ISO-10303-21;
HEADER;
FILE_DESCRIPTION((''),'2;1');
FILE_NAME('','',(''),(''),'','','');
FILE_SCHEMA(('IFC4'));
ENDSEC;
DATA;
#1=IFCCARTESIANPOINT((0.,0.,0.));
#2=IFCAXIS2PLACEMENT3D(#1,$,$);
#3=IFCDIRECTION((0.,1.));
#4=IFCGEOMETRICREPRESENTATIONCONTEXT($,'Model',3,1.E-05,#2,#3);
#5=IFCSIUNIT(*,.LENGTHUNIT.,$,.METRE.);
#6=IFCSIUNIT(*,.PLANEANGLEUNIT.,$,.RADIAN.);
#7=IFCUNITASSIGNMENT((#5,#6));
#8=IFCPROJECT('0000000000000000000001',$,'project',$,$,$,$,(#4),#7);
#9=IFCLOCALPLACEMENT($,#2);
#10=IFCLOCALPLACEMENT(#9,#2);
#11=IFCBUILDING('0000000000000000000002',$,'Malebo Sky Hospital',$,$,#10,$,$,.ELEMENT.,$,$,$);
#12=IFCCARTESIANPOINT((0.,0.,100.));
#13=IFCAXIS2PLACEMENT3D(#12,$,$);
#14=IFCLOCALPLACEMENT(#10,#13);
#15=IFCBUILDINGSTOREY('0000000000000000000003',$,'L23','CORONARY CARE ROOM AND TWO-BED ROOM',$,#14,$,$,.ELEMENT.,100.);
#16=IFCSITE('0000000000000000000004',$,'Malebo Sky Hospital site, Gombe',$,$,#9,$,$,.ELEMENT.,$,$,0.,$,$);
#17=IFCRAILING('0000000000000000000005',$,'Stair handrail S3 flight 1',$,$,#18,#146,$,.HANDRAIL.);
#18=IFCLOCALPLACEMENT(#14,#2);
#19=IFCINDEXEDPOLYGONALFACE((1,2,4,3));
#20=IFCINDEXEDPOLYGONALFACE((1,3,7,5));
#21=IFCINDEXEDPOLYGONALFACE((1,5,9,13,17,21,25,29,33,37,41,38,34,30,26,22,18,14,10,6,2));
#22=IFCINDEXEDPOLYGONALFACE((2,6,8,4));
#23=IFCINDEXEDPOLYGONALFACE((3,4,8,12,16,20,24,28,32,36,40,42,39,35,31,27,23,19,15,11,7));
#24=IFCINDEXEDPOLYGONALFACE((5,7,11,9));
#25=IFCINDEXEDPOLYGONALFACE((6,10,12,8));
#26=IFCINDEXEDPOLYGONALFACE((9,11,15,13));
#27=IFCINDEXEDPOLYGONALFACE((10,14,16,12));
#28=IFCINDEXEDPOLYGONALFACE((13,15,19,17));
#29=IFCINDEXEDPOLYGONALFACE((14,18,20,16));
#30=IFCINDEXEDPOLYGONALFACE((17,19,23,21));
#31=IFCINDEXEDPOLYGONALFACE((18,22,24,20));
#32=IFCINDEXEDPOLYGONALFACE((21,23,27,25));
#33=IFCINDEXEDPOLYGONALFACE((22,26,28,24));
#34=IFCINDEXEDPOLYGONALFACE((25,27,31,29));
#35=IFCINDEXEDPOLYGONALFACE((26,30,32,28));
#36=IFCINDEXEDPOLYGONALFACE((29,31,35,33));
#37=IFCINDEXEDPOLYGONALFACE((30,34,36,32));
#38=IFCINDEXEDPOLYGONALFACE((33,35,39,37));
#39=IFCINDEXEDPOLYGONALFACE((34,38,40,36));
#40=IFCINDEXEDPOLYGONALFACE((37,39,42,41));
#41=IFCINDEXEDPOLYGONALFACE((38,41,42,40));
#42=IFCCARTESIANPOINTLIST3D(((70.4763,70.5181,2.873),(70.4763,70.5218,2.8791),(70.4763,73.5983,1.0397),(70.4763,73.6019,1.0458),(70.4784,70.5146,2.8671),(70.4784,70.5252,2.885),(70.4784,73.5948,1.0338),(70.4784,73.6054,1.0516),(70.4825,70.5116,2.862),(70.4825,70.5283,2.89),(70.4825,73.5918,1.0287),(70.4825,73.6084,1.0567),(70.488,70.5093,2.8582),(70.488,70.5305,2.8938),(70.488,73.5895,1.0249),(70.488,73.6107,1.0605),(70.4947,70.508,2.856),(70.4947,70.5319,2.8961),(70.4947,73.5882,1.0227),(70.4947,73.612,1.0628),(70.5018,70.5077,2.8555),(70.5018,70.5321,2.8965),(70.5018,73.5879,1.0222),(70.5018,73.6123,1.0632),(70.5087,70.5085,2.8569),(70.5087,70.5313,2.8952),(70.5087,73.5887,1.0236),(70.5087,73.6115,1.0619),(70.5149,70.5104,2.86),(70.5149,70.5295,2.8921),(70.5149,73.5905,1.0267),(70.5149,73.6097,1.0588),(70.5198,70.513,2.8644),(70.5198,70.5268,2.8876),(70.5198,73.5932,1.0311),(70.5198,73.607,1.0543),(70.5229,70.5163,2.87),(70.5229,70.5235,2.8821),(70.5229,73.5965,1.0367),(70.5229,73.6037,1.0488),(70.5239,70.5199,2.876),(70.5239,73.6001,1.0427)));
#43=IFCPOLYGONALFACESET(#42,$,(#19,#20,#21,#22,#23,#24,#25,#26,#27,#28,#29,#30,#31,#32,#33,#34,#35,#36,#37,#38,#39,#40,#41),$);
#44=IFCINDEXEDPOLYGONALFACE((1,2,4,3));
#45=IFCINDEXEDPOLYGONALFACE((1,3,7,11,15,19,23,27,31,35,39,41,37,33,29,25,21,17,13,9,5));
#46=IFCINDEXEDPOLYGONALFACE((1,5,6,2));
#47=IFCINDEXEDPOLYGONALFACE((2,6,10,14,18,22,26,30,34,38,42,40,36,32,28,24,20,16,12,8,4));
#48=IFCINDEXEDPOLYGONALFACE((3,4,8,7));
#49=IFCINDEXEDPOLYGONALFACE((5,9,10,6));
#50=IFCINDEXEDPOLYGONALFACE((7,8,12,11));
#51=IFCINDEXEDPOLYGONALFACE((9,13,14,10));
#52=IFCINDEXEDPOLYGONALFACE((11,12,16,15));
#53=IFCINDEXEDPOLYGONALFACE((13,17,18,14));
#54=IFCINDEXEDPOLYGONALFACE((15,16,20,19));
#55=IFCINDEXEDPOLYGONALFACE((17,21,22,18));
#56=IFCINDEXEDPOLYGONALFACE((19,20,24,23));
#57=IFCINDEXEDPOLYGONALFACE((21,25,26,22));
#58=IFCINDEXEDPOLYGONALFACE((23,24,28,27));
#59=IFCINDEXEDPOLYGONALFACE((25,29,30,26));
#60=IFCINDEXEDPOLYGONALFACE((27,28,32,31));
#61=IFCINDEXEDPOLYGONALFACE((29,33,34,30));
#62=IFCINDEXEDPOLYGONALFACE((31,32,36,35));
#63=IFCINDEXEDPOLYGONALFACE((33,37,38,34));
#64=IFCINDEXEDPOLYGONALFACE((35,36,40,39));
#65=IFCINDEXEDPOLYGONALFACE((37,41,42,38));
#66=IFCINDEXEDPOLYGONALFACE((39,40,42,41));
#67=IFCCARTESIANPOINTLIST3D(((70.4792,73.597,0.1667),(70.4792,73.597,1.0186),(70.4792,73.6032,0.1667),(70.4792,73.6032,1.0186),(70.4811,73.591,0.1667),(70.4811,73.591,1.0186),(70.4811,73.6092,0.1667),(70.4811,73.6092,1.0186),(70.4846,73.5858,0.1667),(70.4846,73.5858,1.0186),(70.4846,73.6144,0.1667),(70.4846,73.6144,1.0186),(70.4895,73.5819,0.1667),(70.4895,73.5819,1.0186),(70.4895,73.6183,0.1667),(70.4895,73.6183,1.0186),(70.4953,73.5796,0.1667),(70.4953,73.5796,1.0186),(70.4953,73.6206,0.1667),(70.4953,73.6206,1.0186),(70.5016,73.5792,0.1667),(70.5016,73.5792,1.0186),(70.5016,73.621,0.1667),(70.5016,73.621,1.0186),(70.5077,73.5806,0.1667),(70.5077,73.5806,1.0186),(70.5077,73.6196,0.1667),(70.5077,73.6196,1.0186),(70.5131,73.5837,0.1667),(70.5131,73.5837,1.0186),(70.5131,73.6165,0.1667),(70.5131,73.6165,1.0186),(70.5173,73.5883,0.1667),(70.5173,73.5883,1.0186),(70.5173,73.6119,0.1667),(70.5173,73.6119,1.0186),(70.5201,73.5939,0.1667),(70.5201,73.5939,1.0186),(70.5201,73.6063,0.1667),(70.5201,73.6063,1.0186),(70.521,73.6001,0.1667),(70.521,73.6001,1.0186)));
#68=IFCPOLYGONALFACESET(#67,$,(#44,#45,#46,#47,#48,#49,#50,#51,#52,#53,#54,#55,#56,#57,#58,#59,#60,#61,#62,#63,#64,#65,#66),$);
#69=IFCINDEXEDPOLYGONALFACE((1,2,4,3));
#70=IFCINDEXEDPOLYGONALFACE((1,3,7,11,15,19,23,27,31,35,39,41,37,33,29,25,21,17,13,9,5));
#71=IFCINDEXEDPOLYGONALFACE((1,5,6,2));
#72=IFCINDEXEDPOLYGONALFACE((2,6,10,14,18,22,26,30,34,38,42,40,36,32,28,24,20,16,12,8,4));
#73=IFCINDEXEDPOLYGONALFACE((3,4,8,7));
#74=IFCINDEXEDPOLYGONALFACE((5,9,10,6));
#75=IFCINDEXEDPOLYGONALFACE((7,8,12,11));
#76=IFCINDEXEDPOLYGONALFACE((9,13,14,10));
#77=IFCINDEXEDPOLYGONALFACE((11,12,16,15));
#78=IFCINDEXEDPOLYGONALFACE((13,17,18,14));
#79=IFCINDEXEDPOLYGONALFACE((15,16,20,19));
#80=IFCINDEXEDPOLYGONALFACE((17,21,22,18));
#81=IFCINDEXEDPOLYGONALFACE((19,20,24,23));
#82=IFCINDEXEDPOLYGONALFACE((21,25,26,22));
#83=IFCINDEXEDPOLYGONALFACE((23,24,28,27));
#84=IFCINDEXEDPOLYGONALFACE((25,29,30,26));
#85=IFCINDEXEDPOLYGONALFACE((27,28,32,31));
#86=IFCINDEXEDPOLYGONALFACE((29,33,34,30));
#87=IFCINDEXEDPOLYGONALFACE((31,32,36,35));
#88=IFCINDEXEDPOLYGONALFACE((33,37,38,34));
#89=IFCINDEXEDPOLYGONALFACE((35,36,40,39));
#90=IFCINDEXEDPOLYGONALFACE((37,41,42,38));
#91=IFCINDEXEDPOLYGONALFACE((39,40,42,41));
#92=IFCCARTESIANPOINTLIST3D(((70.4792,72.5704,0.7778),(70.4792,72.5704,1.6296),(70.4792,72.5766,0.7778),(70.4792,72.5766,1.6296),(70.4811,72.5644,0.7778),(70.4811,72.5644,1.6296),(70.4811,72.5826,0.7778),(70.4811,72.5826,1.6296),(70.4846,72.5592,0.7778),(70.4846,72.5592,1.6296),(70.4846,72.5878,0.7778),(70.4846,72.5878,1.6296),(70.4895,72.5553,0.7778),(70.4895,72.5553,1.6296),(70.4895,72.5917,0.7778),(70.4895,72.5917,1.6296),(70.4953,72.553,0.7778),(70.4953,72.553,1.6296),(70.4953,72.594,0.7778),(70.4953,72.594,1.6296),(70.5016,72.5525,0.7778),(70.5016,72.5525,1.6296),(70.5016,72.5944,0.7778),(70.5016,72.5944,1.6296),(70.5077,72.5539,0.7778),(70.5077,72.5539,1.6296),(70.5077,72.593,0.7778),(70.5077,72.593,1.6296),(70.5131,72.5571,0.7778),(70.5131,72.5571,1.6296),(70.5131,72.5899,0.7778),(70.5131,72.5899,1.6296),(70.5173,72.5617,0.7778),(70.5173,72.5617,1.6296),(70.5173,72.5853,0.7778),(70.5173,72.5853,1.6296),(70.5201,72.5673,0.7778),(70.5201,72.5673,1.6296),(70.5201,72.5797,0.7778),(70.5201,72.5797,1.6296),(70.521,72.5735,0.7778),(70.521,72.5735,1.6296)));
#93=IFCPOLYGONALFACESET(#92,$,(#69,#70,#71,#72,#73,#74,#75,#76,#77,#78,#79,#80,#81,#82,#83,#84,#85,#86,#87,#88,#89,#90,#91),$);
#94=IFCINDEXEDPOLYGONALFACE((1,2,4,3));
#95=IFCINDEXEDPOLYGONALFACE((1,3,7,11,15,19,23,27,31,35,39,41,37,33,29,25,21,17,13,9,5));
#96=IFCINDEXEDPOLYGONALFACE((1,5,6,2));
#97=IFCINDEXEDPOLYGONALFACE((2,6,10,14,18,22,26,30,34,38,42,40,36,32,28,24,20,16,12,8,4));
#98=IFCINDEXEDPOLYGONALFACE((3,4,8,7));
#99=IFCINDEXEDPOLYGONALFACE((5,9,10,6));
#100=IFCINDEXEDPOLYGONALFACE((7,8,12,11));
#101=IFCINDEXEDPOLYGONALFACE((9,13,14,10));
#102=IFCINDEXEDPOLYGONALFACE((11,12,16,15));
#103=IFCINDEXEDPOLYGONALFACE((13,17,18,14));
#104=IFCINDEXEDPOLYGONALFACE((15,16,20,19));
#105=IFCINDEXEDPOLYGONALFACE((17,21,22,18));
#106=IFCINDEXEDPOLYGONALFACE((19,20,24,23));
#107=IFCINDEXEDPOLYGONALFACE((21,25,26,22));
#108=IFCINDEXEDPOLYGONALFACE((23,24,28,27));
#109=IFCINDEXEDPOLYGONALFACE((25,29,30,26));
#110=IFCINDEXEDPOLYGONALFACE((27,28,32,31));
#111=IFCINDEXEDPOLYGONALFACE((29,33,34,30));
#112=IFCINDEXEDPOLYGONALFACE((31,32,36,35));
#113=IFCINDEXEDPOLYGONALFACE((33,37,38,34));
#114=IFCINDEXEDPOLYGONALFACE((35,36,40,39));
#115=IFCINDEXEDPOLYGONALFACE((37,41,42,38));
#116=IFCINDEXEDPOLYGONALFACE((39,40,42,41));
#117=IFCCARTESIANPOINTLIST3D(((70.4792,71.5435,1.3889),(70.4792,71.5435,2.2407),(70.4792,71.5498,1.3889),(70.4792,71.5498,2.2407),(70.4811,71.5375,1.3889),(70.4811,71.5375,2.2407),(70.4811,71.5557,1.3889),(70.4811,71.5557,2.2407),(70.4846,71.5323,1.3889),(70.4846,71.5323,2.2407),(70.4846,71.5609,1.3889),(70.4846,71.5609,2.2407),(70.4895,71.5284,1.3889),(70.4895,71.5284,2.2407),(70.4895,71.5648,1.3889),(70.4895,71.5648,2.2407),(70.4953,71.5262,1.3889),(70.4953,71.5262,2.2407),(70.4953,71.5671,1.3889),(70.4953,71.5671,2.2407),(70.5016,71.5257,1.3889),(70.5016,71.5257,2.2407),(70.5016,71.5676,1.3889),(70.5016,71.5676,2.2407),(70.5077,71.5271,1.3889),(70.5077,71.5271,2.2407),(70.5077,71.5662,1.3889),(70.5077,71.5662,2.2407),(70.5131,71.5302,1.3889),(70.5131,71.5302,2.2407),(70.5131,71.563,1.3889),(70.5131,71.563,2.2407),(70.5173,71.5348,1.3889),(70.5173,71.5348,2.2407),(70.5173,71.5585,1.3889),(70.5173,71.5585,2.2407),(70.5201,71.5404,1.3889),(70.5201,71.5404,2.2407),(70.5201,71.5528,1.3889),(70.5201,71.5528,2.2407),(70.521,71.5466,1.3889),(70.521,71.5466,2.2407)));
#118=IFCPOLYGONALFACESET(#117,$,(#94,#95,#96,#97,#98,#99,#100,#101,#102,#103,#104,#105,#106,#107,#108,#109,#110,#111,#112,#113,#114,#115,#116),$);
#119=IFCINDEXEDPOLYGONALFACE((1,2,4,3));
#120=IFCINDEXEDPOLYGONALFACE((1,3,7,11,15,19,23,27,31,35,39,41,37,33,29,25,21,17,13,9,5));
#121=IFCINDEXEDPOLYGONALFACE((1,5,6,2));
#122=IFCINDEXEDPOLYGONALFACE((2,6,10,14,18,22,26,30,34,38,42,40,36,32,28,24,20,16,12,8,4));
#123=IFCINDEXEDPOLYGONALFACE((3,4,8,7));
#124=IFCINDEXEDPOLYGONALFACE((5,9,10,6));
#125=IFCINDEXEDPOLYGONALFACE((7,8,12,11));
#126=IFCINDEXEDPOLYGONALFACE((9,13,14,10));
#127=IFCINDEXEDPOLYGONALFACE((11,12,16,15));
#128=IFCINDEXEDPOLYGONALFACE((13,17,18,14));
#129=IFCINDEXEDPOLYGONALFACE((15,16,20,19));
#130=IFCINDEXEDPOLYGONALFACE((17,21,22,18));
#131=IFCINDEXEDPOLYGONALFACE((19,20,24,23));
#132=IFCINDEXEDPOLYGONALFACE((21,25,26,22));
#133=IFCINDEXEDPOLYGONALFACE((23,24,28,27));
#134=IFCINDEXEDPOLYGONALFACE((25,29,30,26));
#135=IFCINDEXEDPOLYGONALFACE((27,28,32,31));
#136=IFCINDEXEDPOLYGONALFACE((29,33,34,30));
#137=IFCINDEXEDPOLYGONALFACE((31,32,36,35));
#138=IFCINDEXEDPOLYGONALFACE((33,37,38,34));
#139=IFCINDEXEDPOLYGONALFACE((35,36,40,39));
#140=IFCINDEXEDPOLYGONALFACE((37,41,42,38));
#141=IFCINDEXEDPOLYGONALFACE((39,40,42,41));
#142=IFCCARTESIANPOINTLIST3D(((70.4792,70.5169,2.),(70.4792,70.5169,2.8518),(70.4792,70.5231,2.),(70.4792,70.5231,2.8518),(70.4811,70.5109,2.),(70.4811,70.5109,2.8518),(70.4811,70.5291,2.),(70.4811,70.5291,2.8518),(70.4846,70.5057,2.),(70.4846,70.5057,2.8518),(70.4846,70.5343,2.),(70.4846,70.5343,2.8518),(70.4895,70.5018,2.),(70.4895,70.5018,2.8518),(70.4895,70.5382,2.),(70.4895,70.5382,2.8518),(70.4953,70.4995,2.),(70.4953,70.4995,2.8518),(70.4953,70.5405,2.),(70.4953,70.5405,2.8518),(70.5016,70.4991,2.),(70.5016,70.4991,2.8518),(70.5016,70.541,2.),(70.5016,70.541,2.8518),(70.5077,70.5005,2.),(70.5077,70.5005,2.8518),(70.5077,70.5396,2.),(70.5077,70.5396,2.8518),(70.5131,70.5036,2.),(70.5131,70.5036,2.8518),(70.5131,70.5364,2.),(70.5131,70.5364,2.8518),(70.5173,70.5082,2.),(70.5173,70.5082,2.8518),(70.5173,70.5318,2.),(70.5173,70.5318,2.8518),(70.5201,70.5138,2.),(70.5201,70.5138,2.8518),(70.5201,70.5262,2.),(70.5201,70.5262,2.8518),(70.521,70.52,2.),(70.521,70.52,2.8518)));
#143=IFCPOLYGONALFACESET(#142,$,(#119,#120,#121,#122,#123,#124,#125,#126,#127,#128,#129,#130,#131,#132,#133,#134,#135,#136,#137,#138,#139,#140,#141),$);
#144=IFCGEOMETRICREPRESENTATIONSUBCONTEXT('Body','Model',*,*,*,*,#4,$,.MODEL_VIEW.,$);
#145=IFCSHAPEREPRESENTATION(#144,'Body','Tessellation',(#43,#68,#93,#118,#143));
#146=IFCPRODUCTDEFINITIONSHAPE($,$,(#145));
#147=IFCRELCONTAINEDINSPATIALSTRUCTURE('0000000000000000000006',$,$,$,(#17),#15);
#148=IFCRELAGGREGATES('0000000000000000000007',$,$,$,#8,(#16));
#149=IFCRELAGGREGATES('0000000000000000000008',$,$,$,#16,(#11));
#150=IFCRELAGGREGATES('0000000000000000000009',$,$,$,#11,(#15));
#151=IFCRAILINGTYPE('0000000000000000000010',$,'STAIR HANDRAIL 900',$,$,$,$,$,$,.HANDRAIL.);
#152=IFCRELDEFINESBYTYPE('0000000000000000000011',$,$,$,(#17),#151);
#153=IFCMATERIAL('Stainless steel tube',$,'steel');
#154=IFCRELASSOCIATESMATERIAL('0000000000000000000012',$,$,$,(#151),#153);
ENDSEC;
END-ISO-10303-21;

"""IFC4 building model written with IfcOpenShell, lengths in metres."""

from ifc_helpers import new_model, si_unit, direction, frame, origin, origin_2d, place, context, subcontext, project, spatial, circle, extrude, material, type_object, element, save


model = new_model("IFC4")

# Units and contexts
model_context = context("Model", 3, precision=1e-05, world=origin(), true_north=direction((0.0, 1.0)))
body_context = subcontext(model_context, "Body", "Model", "MODEL_VIEW")
ifc_project = project(units=[si_unit("LENGTHUNIT", "METRE"), si_unit("PLANEANGLEUNIT", "RADIAN")], contexts=[model_context])

# Site, building, storey
site_placement = place(None, origin())
site = spatial("IfcSite", under=ifc_project, at=site_placement, Name="Malebo Sky Hospital site, Gombe", CompositionType="ELEMENT", RefElevation=0.0)
building_placement = place(site_placement, origin())
building = spatial("IfcBuilding", under=site, at=building_placement, Name="Malebo Sky Hospital", CompositionType="ELEMENT")
storey_placement = place(building_placement, frame((0.0, 0.0, 100.0)))
storey = spatial("IfcBuildingStorey", under=building, at=storey_placement, Name="L23", Description="CORONARY CARE ROOM AND TWO-BED ROOM", CompositionType="ELEMENT", Elevation=100.0)

# Railing
ifc_material_1 = material(Name="Stainless steel tube", Category="steel")
railing_type = type_object("IfcRailingType", Name="STAIR HANDRAIL 900", PredefinedType="HANDRAIL", material=ifc_material_1)
railing_placement = place(storey_placement, frame((70.5, 73.6001, 0.1667)))
element("IfcRailing", 1, at=railing_placement, inside=storey, type_object=railing_type, Name="Stair handrail S3 flight 1", PredefinedType="HANDRAIL", context=body_context, shape_type="SweptSolid", body=[
    extrude(circle(Radius=0.0239, at=origin_2d()), frame((0.0, 0.0, 0.876), z_axis=(0.0, -0.859309, 0.511458), x_axis=(1.0, 0.0, 0.0)), (0.0, 0.0, 1.0), 3.5845),
    extrude(circle(Radius=0.021, at=origin_2d()), origin(), (0.0, 0.0, 1.0), 0.8518),
    extrude(circle(Radius=0.021, at=origin_2d()), frame((0.0, -1.0266, 0.6111)), (0.0, 0.0, 1.0), 0.8518),
    extrude(circle(Radius=0.021, at=origin_2d()), frame((0.0, -2.0535, 1.2222)), (0.0, 0.0, 1.0), 0.8518),
    extrude(circle(Radius=0.021, at=origin_2d()), frame((0.0, -3.0801, 1.8333)), (0.0, 0.0, 1.0), 0.8518),
])

save(model, "model.ifc")
